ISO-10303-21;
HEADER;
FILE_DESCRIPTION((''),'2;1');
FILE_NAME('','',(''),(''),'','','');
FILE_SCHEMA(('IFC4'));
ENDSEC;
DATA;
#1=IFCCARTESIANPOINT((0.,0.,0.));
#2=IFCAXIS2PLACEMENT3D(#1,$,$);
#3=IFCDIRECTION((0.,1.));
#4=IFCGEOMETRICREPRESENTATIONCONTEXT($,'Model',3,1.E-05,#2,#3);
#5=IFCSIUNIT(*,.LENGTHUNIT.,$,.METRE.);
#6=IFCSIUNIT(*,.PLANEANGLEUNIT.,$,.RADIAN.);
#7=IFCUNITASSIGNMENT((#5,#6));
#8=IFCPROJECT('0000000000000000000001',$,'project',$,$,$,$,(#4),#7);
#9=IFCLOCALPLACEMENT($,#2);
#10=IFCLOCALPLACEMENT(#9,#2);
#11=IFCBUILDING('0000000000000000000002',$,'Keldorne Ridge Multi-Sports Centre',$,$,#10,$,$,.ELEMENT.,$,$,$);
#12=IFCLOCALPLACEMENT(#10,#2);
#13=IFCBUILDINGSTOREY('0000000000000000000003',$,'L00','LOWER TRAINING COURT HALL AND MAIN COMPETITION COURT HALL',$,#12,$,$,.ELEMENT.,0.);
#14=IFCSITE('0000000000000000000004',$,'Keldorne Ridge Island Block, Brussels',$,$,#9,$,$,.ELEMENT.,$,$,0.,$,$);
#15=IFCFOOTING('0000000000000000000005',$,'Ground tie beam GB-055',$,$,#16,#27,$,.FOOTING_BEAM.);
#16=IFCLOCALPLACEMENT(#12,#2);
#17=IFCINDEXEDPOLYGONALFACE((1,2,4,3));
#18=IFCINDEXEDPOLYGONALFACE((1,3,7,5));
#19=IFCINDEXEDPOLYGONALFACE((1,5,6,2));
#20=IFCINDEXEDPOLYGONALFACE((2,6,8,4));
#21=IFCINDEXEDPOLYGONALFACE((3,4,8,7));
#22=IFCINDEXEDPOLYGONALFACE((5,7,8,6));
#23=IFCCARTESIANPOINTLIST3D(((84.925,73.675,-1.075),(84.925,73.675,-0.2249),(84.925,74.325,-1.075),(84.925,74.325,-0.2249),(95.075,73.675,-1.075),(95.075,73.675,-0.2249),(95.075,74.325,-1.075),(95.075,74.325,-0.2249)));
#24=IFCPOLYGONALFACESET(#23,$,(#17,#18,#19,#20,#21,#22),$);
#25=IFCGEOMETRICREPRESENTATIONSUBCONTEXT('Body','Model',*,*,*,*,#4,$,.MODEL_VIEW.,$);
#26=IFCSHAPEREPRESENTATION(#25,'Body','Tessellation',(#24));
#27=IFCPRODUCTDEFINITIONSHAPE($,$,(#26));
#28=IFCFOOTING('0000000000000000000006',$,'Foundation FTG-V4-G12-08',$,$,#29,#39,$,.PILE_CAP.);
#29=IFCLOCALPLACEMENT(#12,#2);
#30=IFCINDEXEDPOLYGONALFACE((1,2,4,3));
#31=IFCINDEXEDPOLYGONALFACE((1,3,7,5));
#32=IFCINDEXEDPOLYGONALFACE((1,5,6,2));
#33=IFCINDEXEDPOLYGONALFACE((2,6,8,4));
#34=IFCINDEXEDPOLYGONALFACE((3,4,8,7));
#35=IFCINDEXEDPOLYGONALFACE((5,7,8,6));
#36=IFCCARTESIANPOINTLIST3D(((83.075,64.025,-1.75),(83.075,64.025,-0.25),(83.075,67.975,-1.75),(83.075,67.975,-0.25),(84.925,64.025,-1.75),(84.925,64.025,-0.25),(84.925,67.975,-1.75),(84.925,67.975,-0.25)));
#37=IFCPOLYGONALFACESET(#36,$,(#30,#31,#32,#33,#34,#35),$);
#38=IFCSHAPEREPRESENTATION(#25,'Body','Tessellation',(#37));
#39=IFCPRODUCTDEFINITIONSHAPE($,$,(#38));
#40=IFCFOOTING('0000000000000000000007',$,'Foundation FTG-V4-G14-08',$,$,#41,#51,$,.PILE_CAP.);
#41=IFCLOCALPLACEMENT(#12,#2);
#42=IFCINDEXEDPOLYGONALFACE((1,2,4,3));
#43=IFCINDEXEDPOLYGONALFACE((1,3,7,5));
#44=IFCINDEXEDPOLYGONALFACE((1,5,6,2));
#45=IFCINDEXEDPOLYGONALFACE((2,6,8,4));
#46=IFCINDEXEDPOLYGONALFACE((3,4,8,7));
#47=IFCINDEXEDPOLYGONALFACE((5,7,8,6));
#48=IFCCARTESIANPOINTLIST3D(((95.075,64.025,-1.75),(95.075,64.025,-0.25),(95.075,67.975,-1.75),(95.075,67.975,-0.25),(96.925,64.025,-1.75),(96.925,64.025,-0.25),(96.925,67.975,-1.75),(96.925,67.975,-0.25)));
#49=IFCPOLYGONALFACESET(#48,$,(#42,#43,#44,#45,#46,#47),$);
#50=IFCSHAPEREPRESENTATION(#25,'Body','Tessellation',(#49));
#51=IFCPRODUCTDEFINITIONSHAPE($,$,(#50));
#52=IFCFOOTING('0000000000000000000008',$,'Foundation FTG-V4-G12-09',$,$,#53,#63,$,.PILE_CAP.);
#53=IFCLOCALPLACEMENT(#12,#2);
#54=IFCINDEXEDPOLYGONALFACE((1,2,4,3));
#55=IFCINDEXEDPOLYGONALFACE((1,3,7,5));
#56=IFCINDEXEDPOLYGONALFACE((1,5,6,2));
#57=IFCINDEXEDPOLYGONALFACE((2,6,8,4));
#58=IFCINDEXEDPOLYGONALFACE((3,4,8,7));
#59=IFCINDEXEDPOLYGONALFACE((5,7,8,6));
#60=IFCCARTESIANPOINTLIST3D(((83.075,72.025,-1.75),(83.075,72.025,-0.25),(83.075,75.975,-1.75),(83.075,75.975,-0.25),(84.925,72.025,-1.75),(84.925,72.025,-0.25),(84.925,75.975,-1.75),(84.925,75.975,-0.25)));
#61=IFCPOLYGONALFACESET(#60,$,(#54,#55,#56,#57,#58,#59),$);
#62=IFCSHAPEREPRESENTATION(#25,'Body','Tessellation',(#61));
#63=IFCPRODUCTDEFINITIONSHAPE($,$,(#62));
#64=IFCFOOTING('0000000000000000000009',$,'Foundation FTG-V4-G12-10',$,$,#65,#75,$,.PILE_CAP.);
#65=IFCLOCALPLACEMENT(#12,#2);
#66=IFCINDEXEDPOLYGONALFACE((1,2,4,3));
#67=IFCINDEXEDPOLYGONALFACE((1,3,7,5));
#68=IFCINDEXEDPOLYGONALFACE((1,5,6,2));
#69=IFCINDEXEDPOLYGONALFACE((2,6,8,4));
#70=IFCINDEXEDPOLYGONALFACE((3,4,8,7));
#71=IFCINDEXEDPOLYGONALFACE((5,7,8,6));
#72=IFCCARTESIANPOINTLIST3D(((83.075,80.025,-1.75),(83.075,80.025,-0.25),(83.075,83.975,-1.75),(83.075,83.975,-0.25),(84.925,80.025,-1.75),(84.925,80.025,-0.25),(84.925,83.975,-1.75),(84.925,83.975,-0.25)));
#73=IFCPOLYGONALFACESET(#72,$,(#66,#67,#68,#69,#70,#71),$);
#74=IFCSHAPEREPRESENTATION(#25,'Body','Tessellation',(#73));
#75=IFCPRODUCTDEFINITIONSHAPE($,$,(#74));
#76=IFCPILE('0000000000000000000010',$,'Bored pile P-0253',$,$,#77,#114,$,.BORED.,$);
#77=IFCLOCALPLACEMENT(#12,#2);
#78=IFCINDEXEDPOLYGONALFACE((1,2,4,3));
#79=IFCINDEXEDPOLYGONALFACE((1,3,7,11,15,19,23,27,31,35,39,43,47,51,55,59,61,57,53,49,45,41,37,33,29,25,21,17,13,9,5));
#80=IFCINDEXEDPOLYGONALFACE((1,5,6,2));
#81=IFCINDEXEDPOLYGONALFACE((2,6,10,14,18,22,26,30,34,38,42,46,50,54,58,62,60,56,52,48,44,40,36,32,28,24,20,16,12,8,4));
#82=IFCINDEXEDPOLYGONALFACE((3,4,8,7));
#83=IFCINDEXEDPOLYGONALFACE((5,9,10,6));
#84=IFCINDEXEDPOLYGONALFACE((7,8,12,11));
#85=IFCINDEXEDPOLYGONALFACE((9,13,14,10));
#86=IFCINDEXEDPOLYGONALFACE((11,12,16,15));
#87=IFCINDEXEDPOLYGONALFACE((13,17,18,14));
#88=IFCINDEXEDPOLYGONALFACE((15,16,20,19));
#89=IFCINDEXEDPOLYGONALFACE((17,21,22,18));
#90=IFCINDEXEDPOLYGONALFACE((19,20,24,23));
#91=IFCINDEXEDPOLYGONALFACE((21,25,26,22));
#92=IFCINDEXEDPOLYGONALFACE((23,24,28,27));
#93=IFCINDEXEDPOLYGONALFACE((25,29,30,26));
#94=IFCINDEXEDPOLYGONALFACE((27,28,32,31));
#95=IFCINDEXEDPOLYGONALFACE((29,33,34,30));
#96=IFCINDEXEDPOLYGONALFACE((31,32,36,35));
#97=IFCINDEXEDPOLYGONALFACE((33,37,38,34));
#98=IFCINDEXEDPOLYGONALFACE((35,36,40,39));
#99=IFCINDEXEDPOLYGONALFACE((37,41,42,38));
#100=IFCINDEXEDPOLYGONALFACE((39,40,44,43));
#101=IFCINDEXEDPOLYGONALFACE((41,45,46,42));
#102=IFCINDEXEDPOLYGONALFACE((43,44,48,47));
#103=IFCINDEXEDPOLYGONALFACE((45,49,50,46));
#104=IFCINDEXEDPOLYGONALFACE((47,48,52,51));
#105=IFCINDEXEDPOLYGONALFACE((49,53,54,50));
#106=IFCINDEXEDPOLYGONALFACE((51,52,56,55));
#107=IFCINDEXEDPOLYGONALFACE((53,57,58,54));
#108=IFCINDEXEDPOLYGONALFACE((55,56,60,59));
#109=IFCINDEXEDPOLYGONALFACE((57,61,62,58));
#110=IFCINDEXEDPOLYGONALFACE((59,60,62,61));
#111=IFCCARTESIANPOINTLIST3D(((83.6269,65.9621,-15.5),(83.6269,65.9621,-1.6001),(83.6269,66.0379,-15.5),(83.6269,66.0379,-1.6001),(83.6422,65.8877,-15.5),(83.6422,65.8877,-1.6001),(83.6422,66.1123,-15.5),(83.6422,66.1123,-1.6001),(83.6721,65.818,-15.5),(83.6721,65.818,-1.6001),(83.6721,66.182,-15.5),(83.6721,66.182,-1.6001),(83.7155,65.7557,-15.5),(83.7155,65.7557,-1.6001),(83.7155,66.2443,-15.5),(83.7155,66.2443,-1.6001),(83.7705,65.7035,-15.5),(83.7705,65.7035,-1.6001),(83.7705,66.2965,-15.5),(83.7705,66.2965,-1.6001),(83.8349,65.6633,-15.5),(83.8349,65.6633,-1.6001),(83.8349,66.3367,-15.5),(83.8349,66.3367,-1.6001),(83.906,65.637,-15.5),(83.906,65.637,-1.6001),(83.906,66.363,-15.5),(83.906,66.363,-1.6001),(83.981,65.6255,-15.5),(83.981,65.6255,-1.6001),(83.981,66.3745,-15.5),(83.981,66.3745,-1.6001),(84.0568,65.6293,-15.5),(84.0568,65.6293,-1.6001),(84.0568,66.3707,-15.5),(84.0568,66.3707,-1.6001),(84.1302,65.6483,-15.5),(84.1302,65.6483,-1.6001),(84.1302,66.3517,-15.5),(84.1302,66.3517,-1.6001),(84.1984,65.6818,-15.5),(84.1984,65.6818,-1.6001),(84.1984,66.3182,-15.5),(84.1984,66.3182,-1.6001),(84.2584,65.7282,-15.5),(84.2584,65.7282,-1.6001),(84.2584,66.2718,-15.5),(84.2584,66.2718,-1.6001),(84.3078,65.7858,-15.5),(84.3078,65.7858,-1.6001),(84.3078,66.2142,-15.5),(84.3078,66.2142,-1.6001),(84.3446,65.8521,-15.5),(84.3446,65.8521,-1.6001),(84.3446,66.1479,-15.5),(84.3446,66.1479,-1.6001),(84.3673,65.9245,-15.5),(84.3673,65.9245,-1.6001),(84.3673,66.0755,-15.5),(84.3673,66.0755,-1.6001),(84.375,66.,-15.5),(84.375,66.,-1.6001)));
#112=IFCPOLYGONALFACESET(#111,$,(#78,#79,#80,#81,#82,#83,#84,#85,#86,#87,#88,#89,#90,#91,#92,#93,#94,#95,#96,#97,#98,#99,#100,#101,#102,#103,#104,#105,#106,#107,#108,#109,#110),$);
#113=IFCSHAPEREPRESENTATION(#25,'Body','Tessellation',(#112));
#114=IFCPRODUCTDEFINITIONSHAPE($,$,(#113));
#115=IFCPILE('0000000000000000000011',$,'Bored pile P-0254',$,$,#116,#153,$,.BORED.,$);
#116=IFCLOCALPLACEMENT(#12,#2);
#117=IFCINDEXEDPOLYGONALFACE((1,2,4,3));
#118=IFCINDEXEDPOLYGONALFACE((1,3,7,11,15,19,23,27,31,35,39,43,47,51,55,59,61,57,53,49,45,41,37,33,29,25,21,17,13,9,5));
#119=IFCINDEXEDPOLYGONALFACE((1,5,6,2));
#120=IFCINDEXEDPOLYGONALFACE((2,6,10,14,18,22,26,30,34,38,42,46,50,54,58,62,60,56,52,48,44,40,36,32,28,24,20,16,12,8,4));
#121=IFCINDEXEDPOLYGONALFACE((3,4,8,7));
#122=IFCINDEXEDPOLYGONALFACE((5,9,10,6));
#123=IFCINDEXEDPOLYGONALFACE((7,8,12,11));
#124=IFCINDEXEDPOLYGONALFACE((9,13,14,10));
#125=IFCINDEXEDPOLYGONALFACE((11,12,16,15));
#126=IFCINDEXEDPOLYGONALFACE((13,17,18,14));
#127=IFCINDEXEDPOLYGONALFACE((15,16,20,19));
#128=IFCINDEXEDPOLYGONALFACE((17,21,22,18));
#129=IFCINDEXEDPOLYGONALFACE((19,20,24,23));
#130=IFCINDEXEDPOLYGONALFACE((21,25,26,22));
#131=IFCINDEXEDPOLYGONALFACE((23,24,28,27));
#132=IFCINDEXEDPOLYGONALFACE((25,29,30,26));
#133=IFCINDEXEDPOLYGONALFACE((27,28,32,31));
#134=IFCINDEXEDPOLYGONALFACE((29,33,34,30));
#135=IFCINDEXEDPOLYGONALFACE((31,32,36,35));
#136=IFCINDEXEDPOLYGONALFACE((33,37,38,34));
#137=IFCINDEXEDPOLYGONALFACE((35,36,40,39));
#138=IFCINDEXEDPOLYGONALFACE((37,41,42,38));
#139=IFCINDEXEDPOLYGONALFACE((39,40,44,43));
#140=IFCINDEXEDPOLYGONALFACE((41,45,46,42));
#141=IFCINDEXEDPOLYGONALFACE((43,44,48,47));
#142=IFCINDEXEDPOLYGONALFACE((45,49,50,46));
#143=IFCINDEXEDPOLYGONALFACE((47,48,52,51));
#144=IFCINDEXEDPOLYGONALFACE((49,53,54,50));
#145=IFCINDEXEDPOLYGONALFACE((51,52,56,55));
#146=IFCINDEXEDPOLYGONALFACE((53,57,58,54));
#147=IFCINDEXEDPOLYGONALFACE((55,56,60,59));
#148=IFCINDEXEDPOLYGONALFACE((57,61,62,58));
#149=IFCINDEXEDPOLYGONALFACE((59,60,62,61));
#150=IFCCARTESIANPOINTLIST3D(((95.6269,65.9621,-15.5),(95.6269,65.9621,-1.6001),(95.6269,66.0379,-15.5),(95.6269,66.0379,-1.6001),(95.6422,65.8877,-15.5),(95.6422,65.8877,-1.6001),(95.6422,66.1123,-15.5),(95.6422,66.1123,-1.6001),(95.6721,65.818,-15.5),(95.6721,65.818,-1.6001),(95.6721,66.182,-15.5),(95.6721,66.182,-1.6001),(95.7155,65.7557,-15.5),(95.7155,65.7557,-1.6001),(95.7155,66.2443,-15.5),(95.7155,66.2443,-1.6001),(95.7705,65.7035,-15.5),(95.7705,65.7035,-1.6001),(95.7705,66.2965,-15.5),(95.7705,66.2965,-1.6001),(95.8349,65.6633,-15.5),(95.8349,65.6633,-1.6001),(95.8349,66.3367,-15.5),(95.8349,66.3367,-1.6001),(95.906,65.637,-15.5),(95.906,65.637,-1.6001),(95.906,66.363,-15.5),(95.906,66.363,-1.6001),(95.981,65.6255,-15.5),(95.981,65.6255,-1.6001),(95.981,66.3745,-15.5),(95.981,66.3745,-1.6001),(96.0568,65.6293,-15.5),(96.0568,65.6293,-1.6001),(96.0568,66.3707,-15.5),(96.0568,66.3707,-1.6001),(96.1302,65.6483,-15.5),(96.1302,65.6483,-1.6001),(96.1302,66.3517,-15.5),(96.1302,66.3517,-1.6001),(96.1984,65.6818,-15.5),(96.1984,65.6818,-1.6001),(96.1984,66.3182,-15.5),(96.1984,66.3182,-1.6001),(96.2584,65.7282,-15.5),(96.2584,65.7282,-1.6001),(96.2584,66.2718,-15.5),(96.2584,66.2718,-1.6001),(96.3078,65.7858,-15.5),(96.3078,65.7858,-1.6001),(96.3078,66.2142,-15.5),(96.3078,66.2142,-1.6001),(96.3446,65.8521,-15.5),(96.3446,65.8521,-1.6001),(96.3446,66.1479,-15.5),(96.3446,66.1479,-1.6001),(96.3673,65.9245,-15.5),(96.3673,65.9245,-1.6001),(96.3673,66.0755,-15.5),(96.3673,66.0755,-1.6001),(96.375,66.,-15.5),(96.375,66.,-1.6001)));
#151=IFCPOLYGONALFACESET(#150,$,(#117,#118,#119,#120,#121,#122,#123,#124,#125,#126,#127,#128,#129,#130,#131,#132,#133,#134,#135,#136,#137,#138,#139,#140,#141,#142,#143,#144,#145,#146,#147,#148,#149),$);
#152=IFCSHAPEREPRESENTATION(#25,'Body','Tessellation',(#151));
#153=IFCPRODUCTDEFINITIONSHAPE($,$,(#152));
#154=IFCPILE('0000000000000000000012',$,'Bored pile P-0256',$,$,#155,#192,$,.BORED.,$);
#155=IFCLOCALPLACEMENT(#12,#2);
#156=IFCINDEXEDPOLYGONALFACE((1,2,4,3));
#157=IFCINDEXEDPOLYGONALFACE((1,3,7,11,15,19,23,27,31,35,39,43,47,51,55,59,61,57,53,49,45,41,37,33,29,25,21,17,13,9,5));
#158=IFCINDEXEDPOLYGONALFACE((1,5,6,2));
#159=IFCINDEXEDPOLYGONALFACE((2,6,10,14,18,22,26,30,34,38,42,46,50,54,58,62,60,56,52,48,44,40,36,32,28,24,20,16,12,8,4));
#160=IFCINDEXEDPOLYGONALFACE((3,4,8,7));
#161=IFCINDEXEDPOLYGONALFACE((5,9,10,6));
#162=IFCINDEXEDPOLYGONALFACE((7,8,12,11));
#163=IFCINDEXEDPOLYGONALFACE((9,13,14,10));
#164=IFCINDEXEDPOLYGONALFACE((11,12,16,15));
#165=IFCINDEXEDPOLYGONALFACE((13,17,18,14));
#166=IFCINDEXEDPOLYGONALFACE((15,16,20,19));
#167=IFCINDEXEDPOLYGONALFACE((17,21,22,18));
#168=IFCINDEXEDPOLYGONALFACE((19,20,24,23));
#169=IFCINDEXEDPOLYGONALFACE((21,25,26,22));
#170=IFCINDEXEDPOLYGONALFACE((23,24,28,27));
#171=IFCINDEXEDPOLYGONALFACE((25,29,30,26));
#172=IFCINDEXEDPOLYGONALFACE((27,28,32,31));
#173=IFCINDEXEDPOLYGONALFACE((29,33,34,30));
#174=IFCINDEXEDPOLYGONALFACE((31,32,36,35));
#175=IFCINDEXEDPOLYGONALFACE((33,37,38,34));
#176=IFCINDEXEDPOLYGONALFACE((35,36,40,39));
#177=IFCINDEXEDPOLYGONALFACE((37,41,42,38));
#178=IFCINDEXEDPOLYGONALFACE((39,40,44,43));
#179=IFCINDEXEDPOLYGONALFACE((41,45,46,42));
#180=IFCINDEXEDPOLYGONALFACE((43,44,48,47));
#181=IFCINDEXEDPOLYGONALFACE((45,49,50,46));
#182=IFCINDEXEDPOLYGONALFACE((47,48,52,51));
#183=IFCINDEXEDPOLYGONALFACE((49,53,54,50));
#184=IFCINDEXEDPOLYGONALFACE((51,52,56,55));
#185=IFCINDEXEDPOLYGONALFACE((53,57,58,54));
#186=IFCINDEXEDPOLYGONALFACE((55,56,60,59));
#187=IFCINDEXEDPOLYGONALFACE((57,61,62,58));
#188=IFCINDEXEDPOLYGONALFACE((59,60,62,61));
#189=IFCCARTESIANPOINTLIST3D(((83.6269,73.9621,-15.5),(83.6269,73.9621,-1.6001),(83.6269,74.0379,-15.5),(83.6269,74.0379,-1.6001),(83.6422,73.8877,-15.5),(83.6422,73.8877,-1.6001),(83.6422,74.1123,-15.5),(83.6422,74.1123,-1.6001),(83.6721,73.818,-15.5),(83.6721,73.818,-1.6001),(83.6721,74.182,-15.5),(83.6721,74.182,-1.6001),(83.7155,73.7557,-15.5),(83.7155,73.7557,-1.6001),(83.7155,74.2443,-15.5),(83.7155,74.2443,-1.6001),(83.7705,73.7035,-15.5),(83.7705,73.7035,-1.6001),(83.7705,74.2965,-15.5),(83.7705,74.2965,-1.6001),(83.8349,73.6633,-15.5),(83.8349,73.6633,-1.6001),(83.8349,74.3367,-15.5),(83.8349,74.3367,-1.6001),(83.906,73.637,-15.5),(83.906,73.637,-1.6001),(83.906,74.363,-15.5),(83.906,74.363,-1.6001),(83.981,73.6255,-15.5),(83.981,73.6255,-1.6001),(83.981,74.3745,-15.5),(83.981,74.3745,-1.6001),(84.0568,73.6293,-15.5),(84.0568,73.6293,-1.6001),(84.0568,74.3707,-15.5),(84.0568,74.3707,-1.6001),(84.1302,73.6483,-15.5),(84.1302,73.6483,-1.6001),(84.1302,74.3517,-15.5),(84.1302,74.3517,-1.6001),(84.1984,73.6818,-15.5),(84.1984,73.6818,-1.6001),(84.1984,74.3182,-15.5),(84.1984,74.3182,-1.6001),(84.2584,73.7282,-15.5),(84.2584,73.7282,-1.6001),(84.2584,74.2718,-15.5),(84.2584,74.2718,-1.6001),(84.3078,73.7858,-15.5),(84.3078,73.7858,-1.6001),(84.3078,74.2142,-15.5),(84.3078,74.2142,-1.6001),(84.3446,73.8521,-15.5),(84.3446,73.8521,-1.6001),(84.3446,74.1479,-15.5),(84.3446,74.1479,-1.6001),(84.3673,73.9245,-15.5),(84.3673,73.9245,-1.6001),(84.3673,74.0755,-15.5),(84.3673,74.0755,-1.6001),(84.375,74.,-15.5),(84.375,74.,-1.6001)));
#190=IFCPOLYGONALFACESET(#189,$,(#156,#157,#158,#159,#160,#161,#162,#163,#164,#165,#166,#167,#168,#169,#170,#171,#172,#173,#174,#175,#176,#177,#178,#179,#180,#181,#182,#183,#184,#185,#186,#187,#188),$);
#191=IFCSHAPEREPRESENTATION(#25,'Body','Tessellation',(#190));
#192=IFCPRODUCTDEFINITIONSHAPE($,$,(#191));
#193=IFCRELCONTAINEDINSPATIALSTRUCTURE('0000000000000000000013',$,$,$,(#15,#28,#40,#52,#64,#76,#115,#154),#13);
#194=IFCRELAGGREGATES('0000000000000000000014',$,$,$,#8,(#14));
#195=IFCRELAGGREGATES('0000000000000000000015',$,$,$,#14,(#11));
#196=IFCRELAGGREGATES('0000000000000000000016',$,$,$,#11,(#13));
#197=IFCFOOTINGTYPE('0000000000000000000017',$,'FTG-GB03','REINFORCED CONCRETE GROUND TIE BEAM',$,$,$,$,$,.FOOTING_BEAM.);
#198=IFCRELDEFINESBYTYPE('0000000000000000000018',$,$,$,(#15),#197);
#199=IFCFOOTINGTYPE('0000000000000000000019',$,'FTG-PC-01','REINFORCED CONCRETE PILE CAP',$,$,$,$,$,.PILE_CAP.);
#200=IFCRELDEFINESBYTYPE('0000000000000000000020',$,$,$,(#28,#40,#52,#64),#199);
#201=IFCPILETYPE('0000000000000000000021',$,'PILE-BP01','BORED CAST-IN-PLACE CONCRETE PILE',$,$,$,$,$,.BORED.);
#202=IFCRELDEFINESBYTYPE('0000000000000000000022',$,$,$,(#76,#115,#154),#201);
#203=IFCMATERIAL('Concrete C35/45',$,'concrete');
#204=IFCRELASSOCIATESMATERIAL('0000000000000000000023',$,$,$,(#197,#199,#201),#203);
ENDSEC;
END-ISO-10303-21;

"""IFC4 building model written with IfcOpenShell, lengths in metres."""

from ifc_helpers import new_model, si_unit, direction, frame, origin, origin_2d, place, context, subcontext, project, spatial, rectangle, circle, extrude, material, material_profile, profile_set, type_object, element, save


model = new_model("IFC4")

# Units and contexts
model_context = context("Model", 3, precision=1e-05, world=origin(), true_north=direction((0.0, 1.0)))
body_context = subcontext(model_context, "Body", "Model", "MODEL_VIEW")
ifc_project = project(units=[si_unit("LENGTHUNIT", "METRE"), si_unit("PLANEANGLEUNIT", "RADIAN")], contexts=[model_context])

# Site, building, storey
site_placement = place(None, origin())
site = spatial("IfcSite", under=ifc_project, at=site_placement, Name="Keldorne Ridge Island Block, Brussels", CompositionType="ELEMENT", RefElevation=0.0)
building_placement = place(site_placement, origin())
building = spatial("IfcBuilding", under=site, at=building_placement, Name="Keldorne Ridge Multi-Sports Centre", CompositionType="ELEMENT")
storey_placement = place(building_placement, origin())
storey = spatial("IfcBuildingStorey", under=building, at=storey_placement, Name="L00", Description="LOWER TRAINING COURT HALL AND MAIN COMPETITION COURT HALL", CompositionType="ELEMENT", Elevation=0.0)

# Footings
ifc_material_1 = material(Name="Concrete C35/45", Category="concrete")
ifc_material_profile_1 = material_profile(ifc_material_1, rectangle(XDim=0.6499, YDim=0.8501, at=origin_2d()), Name="GB 650x850")
ifc_profile_set_1 = profile_set([ifc_material_profile_1], Name="Concrete C35/45")
footing_type_1 = type_object("IfcFootingType", Name="FTG-GB03", Description="REINFORCED CONCRETE GROUND TIE BEAM", PredefinedType="FOOTING_BEAM", material=ifc_profile_set_1)
footing_placement = place(storey_placement, frame((84.925, 74.0, -0.6499), z_axis=(1.0, 0.0, 0.0), x_axis=(0.0, 1.0, 0.0)))
element("IfcFooting", 1, at=footing_placement, inside=storey, type_object=footing_type_1, Name="Ground tie beam GB-055", PredefinedType="FOOTING_BEAM", context=body_context, shape_type="SweptSolid", body=[
    extrude(rectangle(XDim=0.6499, YDim=0.8501, at=origin_2d()), origin(), (0.0, 0.0, 1.0), 10.1499),
])
footing_type_2 = type_object("IfcFootingType", Name="FTG-PC-01", Description="REINFORCED CONCRETE PILE CAP", PredefinedType="PILE_CAP", material=ifc_material_1)
for number, where, z_axis, x_axis, name in (
    (2, (84.0, 66.0, -1.75), (0.0, 0.0, 1.0), (1.0, 0.0, 0.0), "Foundation FTG-V4-G12-08"),
    (3, (96.0, 66.0, -1.75), (0.0, 0.0, 1.0), (1.0, 0.0, 0.0), "Foundation FTG-V4-G14-08"),
    (4, (84.0, 74.0, -1.75), (0.0, 0.0, 1.0), (1.0, 0.0, 0.0), "Foundation FTG-V4-G12-09"),
    (5, (84.0, 82.0, -1.75), (0.0, 0.0, 1.0), (1.0, 0.0, 0.0), "Foundation FTG-V4-G12-10"),
):
    element("IfcFooting", number, at=place(storey_placement, frame(where, z_axis=z_axis, x_axis=x_axis)), inside=storey, type_object=footing_type_2, Name=name, PredefinedType="PILE_CAP", context=body_context, shape_type="SweptSolid", body=[
        extrude(rectangle(XDim=1.8501, YDim=3.95, at=origin_2d()), origin(), (0.0, 0.0, 1.0), 1.5),
    ])

# Piles
ifc_material_profile_2 = material_profile(ifc_material_1, circle(Radius=0.375, at=origin_2d()), Name="BORED PILE D750")
ifc_profile_set_2 = profile_set([ifc_material_profile_2], Name="Concrete C35/45")
pile_type = type_object("IfcPileType", Name="PILE-BP01", Description="BORED CAST-IN-PLACE CONCRETE PILE", PredefinedType="BORED", material=ifc_profile_set_2)
for number, where, z_axis, x_axis, name in (
    (6, (84.0, 66.0, -1.6001), (0.0, 0.0, -1.0), (1.0, 0.0, 0.0), "Bored pile P-0253"),
    (7, (96.0, 66.0, -1.6001), (0.0, 0.0, -1.0), (1.0, 0.0, 0.0), "Bored pile P-0254"),
    (8, (84.0, 74.0, -1.6001), (0.0, 0.0, -1.0), (1.0, 0.0, 0.0), "Bored pile P-0256"),
):
    element("IfcPile", number, at=place(storey_placement, frame(where, z_axis=z_axis, x_axis=x_axis)), inside=storey, type_object=pile_type, Name=name, PredefinedType="BORED", context=body_context, shape_type="SweptSolid", body=[
        extrude(circle(Radius=0.375, at=origin_2d()), origin(), (0.0, 0.0, 1.0), 13.8999),
    ])

save(model, "model.ifc")
